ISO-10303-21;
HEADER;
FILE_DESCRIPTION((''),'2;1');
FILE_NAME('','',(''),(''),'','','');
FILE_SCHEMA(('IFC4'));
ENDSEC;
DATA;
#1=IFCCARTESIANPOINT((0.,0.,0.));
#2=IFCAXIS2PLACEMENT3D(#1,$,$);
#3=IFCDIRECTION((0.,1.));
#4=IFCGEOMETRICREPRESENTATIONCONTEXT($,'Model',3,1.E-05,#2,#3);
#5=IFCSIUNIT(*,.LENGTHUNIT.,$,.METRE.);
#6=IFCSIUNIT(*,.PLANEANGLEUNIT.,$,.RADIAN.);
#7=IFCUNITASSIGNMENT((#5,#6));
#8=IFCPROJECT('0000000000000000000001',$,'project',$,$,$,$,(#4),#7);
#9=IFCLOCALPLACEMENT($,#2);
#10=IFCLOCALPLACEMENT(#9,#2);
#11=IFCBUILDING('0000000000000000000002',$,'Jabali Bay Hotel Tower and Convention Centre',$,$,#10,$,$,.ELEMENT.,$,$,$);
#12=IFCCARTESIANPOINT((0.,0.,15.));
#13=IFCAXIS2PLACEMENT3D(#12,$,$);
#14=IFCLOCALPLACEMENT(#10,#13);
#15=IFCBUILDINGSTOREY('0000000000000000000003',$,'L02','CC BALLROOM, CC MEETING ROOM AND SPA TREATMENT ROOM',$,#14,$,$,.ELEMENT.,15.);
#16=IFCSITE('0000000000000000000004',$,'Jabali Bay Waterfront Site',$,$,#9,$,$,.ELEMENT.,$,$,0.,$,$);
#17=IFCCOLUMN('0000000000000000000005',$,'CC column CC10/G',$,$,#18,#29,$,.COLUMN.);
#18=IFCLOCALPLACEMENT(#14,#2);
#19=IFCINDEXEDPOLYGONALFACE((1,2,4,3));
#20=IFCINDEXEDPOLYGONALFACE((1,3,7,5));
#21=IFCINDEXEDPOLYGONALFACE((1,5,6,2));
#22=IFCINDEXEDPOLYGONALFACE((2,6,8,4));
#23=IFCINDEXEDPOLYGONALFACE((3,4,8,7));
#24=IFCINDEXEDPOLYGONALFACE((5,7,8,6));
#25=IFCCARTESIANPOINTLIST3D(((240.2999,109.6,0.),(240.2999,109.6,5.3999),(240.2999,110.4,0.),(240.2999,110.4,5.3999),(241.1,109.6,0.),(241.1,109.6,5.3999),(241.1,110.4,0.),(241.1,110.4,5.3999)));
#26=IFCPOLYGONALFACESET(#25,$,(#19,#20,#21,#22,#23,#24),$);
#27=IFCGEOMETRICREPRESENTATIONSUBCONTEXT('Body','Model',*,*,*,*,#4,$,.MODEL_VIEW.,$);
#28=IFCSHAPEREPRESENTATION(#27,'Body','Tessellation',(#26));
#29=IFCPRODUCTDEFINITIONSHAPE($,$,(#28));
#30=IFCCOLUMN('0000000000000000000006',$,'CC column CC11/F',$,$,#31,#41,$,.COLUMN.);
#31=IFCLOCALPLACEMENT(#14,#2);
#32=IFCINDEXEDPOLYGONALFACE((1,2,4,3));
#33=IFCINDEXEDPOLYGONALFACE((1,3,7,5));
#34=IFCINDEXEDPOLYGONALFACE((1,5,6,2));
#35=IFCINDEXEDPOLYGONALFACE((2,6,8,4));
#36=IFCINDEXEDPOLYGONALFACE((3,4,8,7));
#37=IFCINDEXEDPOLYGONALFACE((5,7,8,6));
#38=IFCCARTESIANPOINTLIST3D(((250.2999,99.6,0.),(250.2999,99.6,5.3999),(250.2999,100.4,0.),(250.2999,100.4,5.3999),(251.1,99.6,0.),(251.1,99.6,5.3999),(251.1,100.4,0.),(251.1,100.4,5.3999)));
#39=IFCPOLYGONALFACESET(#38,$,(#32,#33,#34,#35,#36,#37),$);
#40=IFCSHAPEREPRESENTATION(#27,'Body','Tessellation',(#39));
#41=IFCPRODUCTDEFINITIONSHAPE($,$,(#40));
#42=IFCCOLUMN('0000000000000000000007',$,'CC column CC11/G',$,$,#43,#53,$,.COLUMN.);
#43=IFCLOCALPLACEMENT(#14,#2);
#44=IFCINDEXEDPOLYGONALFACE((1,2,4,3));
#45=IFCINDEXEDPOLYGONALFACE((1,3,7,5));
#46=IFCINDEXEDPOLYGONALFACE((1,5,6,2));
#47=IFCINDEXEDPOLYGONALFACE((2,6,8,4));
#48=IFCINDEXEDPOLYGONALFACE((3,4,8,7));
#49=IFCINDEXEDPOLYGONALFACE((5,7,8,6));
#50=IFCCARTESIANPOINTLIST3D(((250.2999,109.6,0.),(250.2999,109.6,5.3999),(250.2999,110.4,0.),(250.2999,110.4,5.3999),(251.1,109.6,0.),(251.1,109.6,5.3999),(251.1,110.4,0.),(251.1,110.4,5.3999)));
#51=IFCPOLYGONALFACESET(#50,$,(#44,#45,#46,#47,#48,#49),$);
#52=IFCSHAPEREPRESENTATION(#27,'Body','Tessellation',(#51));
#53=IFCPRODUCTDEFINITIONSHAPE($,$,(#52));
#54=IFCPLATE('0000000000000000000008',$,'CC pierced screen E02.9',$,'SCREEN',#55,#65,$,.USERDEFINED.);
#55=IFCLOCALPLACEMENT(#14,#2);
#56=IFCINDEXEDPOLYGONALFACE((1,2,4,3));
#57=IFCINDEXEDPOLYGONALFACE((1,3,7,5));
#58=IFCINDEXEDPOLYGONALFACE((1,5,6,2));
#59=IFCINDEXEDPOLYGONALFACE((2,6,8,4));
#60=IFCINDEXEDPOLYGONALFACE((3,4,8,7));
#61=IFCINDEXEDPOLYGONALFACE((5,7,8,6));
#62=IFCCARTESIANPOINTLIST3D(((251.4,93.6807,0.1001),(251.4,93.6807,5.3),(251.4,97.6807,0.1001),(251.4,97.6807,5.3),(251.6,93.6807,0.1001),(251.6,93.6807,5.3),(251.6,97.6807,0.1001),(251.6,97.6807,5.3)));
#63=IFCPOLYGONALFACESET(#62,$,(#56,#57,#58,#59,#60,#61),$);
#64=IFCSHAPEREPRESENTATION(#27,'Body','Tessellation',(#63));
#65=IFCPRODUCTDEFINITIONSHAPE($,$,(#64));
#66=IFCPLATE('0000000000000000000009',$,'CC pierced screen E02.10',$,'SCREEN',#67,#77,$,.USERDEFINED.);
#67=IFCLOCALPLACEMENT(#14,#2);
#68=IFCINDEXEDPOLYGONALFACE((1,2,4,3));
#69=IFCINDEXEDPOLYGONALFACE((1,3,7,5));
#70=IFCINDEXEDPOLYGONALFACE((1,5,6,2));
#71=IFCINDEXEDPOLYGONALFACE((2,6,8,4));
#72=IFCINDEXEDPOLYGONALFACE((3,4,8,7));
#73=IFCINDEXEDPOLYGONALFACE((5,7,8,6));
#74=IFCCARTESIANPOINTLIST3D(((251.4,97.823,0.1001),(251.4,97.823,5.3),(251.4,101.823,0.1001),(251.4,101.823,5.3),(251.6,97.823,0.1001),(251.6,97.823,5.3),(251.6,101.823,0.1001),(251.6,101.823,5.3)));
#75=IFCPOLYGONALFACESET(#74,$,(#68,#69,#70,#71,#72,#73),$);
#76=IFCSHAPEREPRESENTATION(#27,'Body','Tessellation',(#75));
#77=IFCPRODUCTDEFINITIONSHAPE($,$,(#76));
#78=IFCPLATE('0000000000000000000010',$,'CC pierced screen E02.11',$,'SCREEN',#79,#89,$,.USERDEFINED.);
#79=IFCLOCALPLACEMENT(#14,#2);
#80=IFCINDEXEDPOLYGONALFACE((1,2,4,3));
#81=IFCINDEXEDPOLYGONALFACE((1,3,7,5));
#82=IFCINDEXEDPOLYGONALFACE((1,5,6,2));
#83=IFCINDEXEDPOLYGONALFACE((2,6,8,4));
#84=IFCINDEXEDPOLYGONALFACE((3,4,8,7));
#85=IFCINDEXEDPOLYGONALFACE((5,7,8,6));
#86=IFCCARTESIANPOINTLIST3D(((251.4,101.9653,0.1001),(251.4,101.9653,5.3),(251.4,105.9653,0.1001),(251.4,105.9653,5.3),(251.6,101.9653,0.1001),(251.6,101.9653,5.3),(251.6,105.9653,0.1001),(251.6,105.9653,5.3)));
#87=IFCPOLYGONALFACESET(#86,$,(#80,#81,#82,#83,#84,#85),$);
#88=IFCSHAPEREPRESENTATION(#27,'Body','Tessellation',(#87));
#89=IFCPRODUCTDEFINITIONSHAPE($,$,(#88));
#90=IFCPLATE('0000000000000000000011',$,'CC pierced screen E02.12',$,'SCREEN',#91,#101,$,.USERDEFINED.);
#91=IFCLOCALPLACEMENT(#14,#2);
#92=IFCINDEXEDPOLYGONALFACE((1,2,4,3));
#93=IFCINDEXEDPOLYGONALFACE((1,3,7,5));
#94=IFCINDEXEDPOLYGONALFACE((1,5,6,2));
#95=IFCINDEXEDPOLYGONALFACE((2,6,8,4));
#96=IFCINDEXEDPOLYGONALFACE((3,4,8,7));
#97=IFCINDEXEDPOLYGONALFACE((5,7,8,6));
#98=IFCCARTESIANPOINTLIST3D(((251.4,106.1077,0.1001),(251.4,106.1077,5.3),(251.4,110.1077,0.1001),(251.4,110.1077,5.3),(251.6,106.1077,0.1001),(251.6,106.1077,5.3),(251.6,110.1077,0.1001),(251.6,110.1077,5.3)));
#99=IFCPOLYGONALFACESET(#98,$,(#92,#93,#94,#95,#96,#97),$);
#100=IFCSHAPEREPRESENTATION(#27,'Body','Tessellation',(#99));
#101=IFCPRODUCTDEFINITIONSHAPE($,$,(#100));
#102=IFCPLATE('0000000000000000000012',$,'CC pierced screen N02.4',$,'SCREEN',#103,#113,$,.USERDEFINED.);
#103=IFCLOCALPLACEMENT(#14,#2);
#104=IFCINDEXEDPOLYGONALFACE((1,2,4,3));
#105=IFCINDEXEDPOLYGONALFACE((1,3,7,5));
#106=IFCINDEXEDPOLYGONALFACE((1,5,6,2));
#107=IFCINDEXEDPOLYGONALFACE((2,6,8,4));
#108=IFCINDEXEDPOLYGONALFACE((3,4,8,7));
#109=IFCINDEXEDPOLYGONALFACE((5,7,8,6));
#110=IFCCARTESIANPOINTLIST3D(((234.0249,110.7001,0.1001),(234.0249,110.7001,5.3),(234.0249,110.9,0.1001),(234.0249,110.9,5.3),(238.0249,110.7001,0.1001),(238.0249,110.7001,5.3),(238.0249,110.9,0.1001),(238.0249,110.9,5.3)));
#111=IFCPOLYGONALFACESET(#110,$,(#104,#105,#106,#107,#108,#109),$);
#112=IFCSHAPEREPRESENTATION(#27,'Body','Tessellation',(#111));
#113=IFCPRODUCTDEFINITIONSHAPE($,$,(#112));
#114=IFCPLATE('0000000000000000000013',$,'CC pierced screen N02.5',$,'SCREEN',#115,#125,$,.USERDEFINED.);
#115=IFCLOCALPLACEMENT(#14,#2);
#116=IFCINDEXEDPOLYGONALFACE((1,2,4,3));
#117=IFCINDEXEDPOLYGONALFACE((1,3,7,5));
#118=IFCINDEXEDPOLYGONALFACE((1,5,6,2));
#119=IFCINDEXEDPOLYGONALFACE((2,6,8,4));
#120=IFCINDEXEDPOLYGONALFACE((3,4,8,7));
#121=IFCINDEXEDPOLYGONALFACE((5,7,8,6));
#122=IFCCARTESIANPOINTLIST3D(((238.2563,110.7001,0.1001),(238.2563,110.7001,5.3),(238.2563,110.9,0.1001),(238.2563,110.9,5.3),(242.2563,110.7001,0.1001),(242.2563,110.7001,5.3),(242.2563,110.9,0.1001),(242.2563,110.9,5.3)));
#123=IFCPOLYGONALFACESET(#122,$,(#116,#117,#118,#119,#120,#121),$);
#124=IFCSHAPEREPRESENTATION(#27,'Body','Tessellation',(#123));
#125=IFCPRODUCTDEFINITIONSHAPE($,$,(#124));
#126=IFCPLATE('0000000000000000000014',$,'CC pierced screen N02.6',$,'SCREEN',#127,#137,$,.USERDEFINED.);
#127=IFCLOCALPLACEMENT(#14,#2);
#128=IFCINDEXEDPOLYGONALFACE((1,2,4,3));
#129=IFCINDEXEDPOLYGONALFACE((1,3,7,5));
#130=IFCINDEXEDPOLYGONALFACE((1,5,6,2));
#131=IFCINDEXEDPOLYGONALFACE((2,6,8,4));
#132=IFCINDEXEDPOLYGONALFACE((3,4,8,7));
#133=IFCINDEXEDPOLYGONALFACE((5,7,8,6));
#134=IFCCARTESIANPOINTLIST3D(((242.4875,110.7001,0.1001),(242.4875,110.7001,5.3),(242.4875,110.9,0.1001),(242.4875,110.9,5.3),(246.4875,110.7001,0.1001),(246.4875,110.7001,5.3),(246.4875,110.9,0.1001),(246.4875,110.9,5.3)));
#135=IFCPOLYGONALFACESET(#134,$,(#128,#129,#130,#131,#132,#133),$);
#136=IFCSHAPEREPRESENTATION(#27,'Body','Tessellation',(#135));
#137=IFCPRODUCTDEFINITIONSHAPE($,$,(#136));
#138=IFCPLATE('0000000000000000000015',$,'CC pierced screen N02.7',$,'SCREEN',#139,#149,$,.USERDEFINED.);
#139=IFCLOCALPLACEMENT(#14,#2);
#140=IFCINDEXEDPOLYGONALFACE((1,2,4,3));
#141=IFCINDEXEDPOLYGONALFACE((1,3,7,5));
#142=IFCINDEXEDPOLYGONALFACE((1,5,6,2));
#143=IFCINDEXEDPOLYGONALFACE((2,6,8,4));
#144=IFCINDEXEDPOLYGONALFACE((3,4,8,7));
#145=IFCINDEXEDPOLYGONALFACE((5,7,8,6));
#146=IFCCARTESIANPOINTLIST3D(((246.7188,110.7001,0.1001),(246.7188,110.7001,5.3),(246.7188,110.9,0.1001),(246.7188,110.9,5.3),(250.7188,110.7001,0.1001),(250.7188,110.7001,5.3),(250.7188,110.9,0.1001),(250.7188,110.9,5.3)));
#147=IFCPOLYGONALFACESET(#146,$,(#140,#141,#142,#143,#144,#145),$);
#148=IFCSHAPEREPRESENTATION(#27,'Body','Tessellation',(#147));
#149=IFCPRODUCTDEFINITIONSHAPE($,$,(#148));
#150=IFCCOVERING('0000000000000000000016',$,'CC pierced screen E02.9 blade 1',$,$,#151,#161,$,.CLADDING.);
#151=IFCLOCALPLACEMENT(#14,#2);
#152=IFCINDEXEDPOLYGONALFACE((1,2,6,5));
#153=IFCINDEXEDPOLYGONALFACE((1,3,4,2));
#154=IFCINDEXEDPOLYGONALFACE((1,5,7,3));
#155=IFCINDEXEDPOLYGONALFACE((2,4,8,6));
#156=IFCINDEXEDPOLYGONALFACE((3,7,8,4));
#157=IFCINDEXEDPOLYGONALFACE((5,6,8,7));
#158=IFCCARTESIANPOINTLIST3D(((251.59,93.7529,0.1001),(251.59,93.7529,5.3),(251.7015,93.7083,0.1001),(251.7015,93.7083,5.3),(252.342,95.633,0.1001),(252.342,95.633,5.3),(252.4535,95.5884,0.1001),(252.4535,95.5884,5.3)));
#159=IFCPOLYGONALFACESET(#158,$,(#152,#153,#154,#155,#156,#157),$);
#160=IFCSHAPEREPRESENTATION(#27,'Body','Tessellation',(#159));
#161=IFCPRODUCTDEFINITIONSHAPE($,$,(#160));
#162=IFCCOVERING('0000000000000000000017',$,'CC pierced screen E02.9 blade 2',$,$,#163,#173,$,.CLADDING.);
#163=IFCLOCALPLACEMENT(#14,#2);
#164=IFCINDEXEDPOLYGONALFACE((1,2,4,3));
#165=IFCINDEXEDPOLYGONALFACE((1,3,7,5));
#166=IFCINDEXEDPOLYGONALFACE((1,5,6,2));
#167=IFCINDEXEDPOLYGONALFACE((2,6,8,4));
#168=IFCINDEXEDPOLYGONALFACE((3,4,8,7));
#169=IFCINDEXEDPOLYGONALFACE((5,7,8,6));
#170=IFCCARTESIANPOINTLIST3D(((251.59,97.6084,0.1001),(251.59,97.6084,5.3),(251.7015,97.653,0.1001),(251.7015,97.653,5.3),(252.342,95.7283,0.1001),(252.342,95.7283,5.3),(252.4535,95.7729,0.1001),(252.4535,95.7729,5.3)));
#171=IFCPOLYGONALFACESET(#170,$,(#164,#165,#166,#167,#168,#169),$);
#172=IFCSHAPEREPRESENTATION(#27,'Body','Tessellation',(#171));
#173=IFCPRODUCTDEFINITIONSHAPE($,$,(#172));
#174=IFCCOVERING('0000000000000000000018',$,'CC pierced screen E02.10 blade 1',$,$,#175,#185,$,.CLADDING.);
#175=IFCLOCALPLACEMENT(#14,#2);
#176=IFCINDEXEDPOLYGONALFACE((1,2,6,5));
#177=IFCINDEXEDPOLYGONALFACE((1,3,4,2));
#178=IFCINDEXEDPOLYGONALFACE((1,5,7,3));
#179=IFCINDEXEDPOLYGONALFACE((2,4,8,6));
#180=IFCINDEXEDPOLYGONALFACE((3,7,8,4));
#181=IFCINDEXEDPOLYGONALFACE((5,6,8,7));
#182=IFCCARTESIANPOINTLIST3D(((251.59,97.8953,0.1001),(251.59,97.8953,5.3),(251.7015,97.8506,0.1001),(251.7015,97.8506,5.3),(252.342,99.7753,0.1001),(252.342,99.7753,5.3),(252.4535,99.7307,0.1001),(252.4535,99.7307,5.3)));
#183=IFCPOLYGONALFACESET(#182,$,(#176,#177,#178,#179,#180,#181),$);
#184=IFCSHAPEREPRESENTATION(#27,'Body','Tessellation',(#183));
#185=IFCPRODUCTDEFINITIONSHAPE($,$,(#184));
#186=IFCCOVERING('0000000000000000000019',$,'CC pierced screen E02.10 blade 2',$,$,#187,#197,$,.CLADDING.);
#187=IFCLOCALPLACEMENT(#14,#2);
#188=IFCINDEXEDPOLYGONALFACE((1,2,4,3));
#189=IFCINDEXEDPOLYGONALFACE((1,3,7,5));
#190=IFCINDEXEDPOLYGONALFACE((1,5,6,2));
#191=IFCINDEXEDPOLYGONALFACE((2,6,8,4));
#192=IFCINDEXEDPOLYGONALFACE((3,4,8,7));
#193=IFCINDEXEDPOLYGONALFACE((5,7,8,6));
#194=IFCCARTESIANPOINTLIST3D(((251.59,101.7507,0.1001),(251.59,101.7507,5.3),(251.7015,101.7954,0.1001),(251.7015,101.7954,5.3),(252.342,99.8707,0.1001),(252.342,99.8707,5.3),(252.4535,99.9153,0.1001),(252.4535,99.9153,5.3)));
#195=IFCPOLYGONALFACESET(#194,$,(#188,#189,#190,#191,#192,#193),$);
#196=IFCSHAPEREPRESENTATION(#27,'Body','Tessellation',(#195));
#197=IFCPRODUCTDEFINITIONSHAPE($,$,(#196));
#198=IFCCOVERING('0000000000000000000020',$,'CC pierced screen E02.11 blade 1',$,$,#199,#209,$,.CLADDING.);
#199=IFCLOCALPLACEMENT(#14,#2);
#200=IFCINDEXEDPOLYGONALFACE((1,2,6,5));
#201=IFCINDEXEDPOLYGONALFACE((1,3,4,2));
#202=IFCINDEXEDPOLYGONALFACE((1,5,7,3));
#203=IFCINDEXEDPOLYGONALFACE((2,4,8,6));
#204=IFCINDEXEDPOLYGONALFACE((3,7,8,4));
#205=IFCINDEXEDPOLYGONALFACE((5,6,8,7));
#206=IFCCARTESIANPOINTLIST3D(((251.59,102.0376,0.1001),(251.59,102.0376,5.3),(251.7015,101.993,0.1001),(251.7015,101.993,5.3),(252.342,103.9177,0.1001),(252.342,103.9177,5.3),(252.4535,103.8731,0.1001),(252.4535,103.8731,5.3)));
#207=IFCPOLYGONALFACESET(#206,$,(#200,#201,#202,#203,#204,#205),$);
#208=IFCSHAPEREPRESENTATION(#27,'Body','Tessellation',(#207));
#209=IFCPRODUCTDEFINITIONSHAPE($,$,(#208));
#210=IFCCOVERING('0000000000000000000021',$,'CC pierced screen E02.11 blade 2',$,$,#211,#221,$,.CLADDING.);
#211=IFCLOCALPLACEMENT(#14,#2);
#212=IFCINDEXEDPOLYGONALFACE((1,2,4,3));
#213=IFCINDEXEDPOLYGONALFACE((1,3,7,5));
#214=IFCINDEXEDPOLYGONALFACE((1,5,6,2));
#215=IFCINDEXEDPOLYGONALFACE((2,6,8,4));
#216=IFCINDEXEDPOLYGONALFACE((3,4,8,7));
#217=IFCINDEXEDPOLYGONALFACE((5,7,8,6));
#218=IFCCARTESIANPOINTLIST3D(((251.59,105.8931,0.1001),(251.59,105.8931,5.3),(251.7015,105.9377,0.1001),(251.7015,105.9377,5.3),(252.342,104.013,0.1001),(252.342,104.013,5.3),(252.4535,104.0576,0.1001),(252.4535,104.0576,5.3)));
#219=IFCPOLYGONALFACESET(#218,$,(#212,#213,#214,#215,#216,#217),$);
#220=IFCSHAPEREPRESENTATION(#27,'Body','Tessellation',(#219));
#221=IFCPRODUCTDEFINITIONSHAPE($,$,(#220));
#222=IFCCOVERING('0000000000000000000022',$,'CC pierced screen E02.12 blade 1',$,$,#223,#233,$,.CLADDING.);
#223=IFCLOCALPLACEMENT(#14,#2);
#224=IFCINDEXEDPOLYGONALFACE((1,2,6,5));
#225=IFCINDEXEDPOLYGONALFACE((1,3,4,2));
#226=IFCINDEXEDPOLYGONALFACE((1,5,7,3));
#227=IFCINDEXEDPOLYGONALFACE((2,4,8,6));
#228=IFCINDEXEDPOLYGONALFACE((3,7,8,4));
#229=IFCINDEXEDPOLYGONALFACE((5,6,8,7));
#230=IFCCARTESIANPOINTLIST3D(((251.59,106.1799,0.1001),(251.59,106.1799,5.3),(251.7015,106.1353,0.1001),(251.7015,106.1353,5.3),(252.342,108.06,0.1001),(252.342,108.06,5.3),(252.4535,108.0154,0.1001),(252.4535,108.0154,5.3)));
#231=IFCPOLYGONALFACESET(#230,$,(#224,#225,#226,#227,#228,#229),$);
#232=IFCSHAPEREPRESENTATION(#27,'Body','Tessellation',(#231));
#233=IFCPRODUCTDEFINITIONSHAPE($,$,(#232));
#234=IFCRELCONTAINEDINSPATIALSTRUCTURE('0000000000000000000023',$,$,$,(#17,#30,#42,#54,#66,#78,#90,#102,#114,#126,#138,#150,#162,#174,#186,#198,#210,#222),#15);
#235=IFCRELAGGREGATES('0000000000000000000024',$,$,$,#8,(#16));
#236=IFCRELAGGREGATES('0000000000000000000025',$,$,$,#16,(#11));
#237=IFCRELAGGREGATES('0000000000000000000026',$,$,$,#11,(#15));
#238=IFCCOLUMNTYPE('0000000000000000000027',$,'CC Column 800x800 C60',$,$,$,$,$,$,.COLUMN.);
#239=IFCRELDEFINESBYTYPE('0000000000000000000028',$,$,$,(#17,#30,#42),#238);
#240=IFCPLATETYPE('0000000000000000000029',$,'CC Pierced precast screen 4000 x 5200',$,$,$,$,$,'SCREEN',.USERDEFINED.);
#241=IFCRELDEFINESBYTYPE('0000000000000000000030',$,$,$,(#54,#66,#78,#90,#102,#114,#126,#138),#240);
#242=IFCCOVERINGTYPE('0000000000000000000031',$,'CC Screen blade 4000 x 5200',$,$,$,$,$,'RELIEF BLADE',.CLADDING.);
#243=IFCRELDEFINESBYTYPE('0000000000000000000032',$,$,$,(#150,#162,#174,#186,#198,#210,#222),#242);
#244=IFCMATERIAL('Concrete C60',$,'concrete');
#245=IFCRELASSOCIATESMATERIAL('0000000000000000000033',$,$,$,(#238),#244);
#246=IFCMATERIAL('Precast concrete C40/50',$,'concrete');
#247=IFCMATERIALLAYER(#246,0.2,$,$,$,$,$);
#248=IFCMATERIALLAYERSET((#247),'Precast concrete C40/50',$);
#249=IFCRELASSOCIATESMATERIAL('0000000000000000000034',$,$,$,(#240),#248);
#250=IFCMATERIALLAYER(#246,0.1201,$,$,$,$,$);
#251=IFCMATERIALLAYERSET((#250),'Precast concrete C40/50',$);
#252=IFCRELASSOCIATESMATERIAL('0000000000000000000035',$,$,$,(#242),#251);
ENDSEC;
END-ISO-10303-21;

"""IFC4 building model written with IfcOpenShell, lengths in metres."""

from ifc_helpers import new_model, si_unit, direction, frame, origin, origin_2d, place, context, subcontext, project, spatial, rectangle, extrude, material, layer, layer_set, material_profile, profile_set, type_object, element, save


model = new_model("IFC4")

# Units and contexts
model_context = context("Model", 3, precision=1e-05, world=origin(), true_north=direction((0.0, 1.0)))
body_context = subcontext(model_context, "Body", "Model", "MODEL_VIEW")
ifc_project = project(units=[si_unit("LENGTHUNIT", "METRE"), si_unit("PLANEANGLEUNIT", "RADIAN")], contexts=[model_context])

# Site, building, storey
site_placement = place(None, origin())
site = spatial("IfcSite", under=ifc_project, at=site_placement, Name="Jabali Bay Waterfront Site", CompositionType="ELEMENT", RefElevation=0.0)
building_placement = place(site_placement, origin())
building = spatial("IfcBuilding", under=site, at=building_placement, Name="Jabali Bay Hotel Tower and Convention Centre", CompositionType="ELEMENT")
storey_placement = place(building_placement, frame((0.0, 0.0, 15.0)))
storey = spatial("IfcBuildingStorey", under=building, at=storey_placement, Name="L02", Description="CC BALLROOM, CC MEETING ROOM AND SPA TREATMENT ROOM", CompositionType="ELEMENT", Elevation=15.0)

# Columns
ifc_material_1 = material(Name="Concrete C60", Category="concrete")
ifc_material_profile = material_profile(ifc_material_1, rectangle(XDim=0.8, YDim=0.8, at=origin_2d()), Name="RC 800x800")
ifc_profile_set = profile_set([ifc_material_profile], Name="Concrete C60")
column_type = type_object("IfcColumnType", Name="CC Column 800x800 C60", PredefinedType="COLUMN", material=ifc_profile_set)
for number, where, z_axis, x_axis, name in (
    (1, (240.7, 110.0, 0.0), (0.0, 0.0, 1.0), (1.0, 0.0, 0.0), "CC column CC10/G"),
    (2, (250.7, 100.0, 0.0), (0.0, 0.0, 1.0), (1.0, 0.0, 0.0), "CC column CC11/F"),
    (3, (250.7, 110.0, 0.0), (0.0, 0.0, 1.0), (1.0, 0.0, 0.0), "CC column CC11/G"),
):
    element("IfcColumn", number, at=place(storey_placement, frame(where, z_axis=z_axis, x_axis=x_axis)), inside=storey, type_object=column_type, Name=name, PredefinedType="COLUMN", context=body_context, shape_type="SweptSolid", body=[
        extrude(rectangle(XDim=0.8, YDim=0.8, at=origin_2d()), origin(), (0.0, 0.0, 1.0), 5.3999),
    ])

# Plates
ifc_material_2 = material(Name="Precast concrete C40/50", Category="concrete")
ifc_layer_1 = layer(ifc_material_2, 0.2)
ifc_layer_set_1 = layer_set([ifc_layer_1], Name="Precast concrete C40/50")
plate_type = type_object("IfcPlateType", Name="CC Pierced precast screen 4000 x 5200", ElementType="SCREEN", PredefinedType="USERDEFINED", material=ifc_layer_set_1)
for number, where, z_axis, x_axis, name in (
    (4, (251.5, 95.6807, 0.1001), (0.0, 0.0, 1.0), (1.0, 0.0, 0.0), "CC pierced screen E02.9"),
    (5, (251.5, 99.823, 0.1001), (0.0, 0.0, 1.0), (1.0, 0.0, 0.0), "CC pierced screen E02.10"),
    (6, (251.5, 103.9653, 0.1001), (0.0, 0.0, 1.0), (1.0, 0.0, 0.0), "CC pierced screen E02.11"),
    (7, (251.5, 108.1077, 0.1001), (0.0, 0.0, 1.0), (1.0, 0.0, 0.0), "CC pierced screen E02.12"),
):
    element("IfcPlate", number, at=place(storey_placement, frame(where, z_axis=z_axis, x_axis=x_axis)), inside=storey, type_object=plate_type, Name=name, ObjectType="SCREEN", PredefinedType="USERDEFINED", context=body_context, shape_type="SweptSolid", body=[
        extrude(rectangle(XDim=0.2, YDim=4.0, at=origin_2d()), origin(), (0.0, 0.0, 1.0), 5.2),
    ])
for number, where, z_axis, x_axis, name in (
    (8, (236.0249, 110.8, 0.1001), (0.0, 0.0, 1.0), (1.0, 0.0, 0.0), "CC pierced screen N02.4"),
    (9, (240.2563, 110.8, 0.1001), (0.0, 0.0, 1.0), (1.0, 0.0, 0.0), "CC pierced screen N02.5"),
    (10, (244.4875, 110.8, 0.1001), (0.0, 0.0, 1.0), (1.0, 0.0, 0.0), "CC pierced screen N02.6"),
    (11, (248.7188, 110.8, 0.1001), (0.0, 0.0, 1.0), (1.0, 0.0, 0.0), "CC pierced screen N02.7"),
):
    element("IfcPlate", number, at=place(storey_placement, frame(where, z_axis=z_axis, x_axis=x_axis)), inside=storey, type_object=plate_type, Name=name, ObjectType="SCREEN", PredefinedType="USERDEFINED", context=body_context, shape_type="SweptSolid", body=[
        extrude(rectangle(XDim=4.0, YDim=0.2, at=origin_2d()), origin(), (0.0, 0.0, 1.0), 5.2),
    ])

# Coverings
ifc_layer_2 = layer(ifc_material_2, 0.1201)
ifc_layer_set_2 = layer_set([ifc_layer_2], Name="Precast concrete C40/50")
covering_type = type_object("IfcCoveringType", Name="CC Screen blade 4000 x 5200", ElementType="RELIEF BLADE", PredefinedType="CLADDING", material=ifc_layer_set_2)
for number, where, z_axis, x_axis, name in (
    (12, (252.0217, 94.6707, 0.1001), (0.0, 0.0, 1.0), (0.371391, 0.928477, 0.0), "CC pierced screen E02.9 blade 1"),
    (13, (252.0217, 96.6907, 0.1001), (0.0, 0.0, 1.0), (0.371391, -0.928477, 0.0), "CC pierced screen E02.9 blade 2"),
    (14, (252.0217, 98.813, 0.1001), (0.0, 0.0, 1.0), (0.371391, 0.928477, 0.0), "CC pierced screen E02.10 blade 1"),
    (15, (252.0217, 100.833, 0.1001), (0.0, 0.0, 1.0), (0.371391, -0.928477, 0.0), "CC pierced screen E02.10 blade 2"),
    (16, (252.0217, 102.9553, 0.1001), (0.0, 0.0, 1.0), (0.371391, 0.928477, 0.0), "CC pierced screen E02.11 blade 1"),
    (17, (252.0217, 104.9753, 0.1001), (0.0, 0.0, 1.0), (0.371391, -0.928477, 0.0), "CC pierced screen E02.11 blade 2"),
    (18, (252.0217, 107.0977, 0.1001), (0.0, 0.0, 1.0), (0.371391, 0.928477, 0.0), "CC pierced screen E02.12 blade 1"),
):
    element("IfcCovering", number, at=place(storey_placement, frame(where, z_axis=z_axis, x_axis=x_axis)), inside=storey, type_object=covering_type, Name=name, PredefinedType="CLADDING", context=body_context, shape_type="SweptSolid", body=[
        extrude(rectangle(XDim=2.0249, YDim=0.1201, at=origin_2d()), origin(), (0.0, 0.0, 1.0), 5.2),
    ])

save(model, "model.ifc")
